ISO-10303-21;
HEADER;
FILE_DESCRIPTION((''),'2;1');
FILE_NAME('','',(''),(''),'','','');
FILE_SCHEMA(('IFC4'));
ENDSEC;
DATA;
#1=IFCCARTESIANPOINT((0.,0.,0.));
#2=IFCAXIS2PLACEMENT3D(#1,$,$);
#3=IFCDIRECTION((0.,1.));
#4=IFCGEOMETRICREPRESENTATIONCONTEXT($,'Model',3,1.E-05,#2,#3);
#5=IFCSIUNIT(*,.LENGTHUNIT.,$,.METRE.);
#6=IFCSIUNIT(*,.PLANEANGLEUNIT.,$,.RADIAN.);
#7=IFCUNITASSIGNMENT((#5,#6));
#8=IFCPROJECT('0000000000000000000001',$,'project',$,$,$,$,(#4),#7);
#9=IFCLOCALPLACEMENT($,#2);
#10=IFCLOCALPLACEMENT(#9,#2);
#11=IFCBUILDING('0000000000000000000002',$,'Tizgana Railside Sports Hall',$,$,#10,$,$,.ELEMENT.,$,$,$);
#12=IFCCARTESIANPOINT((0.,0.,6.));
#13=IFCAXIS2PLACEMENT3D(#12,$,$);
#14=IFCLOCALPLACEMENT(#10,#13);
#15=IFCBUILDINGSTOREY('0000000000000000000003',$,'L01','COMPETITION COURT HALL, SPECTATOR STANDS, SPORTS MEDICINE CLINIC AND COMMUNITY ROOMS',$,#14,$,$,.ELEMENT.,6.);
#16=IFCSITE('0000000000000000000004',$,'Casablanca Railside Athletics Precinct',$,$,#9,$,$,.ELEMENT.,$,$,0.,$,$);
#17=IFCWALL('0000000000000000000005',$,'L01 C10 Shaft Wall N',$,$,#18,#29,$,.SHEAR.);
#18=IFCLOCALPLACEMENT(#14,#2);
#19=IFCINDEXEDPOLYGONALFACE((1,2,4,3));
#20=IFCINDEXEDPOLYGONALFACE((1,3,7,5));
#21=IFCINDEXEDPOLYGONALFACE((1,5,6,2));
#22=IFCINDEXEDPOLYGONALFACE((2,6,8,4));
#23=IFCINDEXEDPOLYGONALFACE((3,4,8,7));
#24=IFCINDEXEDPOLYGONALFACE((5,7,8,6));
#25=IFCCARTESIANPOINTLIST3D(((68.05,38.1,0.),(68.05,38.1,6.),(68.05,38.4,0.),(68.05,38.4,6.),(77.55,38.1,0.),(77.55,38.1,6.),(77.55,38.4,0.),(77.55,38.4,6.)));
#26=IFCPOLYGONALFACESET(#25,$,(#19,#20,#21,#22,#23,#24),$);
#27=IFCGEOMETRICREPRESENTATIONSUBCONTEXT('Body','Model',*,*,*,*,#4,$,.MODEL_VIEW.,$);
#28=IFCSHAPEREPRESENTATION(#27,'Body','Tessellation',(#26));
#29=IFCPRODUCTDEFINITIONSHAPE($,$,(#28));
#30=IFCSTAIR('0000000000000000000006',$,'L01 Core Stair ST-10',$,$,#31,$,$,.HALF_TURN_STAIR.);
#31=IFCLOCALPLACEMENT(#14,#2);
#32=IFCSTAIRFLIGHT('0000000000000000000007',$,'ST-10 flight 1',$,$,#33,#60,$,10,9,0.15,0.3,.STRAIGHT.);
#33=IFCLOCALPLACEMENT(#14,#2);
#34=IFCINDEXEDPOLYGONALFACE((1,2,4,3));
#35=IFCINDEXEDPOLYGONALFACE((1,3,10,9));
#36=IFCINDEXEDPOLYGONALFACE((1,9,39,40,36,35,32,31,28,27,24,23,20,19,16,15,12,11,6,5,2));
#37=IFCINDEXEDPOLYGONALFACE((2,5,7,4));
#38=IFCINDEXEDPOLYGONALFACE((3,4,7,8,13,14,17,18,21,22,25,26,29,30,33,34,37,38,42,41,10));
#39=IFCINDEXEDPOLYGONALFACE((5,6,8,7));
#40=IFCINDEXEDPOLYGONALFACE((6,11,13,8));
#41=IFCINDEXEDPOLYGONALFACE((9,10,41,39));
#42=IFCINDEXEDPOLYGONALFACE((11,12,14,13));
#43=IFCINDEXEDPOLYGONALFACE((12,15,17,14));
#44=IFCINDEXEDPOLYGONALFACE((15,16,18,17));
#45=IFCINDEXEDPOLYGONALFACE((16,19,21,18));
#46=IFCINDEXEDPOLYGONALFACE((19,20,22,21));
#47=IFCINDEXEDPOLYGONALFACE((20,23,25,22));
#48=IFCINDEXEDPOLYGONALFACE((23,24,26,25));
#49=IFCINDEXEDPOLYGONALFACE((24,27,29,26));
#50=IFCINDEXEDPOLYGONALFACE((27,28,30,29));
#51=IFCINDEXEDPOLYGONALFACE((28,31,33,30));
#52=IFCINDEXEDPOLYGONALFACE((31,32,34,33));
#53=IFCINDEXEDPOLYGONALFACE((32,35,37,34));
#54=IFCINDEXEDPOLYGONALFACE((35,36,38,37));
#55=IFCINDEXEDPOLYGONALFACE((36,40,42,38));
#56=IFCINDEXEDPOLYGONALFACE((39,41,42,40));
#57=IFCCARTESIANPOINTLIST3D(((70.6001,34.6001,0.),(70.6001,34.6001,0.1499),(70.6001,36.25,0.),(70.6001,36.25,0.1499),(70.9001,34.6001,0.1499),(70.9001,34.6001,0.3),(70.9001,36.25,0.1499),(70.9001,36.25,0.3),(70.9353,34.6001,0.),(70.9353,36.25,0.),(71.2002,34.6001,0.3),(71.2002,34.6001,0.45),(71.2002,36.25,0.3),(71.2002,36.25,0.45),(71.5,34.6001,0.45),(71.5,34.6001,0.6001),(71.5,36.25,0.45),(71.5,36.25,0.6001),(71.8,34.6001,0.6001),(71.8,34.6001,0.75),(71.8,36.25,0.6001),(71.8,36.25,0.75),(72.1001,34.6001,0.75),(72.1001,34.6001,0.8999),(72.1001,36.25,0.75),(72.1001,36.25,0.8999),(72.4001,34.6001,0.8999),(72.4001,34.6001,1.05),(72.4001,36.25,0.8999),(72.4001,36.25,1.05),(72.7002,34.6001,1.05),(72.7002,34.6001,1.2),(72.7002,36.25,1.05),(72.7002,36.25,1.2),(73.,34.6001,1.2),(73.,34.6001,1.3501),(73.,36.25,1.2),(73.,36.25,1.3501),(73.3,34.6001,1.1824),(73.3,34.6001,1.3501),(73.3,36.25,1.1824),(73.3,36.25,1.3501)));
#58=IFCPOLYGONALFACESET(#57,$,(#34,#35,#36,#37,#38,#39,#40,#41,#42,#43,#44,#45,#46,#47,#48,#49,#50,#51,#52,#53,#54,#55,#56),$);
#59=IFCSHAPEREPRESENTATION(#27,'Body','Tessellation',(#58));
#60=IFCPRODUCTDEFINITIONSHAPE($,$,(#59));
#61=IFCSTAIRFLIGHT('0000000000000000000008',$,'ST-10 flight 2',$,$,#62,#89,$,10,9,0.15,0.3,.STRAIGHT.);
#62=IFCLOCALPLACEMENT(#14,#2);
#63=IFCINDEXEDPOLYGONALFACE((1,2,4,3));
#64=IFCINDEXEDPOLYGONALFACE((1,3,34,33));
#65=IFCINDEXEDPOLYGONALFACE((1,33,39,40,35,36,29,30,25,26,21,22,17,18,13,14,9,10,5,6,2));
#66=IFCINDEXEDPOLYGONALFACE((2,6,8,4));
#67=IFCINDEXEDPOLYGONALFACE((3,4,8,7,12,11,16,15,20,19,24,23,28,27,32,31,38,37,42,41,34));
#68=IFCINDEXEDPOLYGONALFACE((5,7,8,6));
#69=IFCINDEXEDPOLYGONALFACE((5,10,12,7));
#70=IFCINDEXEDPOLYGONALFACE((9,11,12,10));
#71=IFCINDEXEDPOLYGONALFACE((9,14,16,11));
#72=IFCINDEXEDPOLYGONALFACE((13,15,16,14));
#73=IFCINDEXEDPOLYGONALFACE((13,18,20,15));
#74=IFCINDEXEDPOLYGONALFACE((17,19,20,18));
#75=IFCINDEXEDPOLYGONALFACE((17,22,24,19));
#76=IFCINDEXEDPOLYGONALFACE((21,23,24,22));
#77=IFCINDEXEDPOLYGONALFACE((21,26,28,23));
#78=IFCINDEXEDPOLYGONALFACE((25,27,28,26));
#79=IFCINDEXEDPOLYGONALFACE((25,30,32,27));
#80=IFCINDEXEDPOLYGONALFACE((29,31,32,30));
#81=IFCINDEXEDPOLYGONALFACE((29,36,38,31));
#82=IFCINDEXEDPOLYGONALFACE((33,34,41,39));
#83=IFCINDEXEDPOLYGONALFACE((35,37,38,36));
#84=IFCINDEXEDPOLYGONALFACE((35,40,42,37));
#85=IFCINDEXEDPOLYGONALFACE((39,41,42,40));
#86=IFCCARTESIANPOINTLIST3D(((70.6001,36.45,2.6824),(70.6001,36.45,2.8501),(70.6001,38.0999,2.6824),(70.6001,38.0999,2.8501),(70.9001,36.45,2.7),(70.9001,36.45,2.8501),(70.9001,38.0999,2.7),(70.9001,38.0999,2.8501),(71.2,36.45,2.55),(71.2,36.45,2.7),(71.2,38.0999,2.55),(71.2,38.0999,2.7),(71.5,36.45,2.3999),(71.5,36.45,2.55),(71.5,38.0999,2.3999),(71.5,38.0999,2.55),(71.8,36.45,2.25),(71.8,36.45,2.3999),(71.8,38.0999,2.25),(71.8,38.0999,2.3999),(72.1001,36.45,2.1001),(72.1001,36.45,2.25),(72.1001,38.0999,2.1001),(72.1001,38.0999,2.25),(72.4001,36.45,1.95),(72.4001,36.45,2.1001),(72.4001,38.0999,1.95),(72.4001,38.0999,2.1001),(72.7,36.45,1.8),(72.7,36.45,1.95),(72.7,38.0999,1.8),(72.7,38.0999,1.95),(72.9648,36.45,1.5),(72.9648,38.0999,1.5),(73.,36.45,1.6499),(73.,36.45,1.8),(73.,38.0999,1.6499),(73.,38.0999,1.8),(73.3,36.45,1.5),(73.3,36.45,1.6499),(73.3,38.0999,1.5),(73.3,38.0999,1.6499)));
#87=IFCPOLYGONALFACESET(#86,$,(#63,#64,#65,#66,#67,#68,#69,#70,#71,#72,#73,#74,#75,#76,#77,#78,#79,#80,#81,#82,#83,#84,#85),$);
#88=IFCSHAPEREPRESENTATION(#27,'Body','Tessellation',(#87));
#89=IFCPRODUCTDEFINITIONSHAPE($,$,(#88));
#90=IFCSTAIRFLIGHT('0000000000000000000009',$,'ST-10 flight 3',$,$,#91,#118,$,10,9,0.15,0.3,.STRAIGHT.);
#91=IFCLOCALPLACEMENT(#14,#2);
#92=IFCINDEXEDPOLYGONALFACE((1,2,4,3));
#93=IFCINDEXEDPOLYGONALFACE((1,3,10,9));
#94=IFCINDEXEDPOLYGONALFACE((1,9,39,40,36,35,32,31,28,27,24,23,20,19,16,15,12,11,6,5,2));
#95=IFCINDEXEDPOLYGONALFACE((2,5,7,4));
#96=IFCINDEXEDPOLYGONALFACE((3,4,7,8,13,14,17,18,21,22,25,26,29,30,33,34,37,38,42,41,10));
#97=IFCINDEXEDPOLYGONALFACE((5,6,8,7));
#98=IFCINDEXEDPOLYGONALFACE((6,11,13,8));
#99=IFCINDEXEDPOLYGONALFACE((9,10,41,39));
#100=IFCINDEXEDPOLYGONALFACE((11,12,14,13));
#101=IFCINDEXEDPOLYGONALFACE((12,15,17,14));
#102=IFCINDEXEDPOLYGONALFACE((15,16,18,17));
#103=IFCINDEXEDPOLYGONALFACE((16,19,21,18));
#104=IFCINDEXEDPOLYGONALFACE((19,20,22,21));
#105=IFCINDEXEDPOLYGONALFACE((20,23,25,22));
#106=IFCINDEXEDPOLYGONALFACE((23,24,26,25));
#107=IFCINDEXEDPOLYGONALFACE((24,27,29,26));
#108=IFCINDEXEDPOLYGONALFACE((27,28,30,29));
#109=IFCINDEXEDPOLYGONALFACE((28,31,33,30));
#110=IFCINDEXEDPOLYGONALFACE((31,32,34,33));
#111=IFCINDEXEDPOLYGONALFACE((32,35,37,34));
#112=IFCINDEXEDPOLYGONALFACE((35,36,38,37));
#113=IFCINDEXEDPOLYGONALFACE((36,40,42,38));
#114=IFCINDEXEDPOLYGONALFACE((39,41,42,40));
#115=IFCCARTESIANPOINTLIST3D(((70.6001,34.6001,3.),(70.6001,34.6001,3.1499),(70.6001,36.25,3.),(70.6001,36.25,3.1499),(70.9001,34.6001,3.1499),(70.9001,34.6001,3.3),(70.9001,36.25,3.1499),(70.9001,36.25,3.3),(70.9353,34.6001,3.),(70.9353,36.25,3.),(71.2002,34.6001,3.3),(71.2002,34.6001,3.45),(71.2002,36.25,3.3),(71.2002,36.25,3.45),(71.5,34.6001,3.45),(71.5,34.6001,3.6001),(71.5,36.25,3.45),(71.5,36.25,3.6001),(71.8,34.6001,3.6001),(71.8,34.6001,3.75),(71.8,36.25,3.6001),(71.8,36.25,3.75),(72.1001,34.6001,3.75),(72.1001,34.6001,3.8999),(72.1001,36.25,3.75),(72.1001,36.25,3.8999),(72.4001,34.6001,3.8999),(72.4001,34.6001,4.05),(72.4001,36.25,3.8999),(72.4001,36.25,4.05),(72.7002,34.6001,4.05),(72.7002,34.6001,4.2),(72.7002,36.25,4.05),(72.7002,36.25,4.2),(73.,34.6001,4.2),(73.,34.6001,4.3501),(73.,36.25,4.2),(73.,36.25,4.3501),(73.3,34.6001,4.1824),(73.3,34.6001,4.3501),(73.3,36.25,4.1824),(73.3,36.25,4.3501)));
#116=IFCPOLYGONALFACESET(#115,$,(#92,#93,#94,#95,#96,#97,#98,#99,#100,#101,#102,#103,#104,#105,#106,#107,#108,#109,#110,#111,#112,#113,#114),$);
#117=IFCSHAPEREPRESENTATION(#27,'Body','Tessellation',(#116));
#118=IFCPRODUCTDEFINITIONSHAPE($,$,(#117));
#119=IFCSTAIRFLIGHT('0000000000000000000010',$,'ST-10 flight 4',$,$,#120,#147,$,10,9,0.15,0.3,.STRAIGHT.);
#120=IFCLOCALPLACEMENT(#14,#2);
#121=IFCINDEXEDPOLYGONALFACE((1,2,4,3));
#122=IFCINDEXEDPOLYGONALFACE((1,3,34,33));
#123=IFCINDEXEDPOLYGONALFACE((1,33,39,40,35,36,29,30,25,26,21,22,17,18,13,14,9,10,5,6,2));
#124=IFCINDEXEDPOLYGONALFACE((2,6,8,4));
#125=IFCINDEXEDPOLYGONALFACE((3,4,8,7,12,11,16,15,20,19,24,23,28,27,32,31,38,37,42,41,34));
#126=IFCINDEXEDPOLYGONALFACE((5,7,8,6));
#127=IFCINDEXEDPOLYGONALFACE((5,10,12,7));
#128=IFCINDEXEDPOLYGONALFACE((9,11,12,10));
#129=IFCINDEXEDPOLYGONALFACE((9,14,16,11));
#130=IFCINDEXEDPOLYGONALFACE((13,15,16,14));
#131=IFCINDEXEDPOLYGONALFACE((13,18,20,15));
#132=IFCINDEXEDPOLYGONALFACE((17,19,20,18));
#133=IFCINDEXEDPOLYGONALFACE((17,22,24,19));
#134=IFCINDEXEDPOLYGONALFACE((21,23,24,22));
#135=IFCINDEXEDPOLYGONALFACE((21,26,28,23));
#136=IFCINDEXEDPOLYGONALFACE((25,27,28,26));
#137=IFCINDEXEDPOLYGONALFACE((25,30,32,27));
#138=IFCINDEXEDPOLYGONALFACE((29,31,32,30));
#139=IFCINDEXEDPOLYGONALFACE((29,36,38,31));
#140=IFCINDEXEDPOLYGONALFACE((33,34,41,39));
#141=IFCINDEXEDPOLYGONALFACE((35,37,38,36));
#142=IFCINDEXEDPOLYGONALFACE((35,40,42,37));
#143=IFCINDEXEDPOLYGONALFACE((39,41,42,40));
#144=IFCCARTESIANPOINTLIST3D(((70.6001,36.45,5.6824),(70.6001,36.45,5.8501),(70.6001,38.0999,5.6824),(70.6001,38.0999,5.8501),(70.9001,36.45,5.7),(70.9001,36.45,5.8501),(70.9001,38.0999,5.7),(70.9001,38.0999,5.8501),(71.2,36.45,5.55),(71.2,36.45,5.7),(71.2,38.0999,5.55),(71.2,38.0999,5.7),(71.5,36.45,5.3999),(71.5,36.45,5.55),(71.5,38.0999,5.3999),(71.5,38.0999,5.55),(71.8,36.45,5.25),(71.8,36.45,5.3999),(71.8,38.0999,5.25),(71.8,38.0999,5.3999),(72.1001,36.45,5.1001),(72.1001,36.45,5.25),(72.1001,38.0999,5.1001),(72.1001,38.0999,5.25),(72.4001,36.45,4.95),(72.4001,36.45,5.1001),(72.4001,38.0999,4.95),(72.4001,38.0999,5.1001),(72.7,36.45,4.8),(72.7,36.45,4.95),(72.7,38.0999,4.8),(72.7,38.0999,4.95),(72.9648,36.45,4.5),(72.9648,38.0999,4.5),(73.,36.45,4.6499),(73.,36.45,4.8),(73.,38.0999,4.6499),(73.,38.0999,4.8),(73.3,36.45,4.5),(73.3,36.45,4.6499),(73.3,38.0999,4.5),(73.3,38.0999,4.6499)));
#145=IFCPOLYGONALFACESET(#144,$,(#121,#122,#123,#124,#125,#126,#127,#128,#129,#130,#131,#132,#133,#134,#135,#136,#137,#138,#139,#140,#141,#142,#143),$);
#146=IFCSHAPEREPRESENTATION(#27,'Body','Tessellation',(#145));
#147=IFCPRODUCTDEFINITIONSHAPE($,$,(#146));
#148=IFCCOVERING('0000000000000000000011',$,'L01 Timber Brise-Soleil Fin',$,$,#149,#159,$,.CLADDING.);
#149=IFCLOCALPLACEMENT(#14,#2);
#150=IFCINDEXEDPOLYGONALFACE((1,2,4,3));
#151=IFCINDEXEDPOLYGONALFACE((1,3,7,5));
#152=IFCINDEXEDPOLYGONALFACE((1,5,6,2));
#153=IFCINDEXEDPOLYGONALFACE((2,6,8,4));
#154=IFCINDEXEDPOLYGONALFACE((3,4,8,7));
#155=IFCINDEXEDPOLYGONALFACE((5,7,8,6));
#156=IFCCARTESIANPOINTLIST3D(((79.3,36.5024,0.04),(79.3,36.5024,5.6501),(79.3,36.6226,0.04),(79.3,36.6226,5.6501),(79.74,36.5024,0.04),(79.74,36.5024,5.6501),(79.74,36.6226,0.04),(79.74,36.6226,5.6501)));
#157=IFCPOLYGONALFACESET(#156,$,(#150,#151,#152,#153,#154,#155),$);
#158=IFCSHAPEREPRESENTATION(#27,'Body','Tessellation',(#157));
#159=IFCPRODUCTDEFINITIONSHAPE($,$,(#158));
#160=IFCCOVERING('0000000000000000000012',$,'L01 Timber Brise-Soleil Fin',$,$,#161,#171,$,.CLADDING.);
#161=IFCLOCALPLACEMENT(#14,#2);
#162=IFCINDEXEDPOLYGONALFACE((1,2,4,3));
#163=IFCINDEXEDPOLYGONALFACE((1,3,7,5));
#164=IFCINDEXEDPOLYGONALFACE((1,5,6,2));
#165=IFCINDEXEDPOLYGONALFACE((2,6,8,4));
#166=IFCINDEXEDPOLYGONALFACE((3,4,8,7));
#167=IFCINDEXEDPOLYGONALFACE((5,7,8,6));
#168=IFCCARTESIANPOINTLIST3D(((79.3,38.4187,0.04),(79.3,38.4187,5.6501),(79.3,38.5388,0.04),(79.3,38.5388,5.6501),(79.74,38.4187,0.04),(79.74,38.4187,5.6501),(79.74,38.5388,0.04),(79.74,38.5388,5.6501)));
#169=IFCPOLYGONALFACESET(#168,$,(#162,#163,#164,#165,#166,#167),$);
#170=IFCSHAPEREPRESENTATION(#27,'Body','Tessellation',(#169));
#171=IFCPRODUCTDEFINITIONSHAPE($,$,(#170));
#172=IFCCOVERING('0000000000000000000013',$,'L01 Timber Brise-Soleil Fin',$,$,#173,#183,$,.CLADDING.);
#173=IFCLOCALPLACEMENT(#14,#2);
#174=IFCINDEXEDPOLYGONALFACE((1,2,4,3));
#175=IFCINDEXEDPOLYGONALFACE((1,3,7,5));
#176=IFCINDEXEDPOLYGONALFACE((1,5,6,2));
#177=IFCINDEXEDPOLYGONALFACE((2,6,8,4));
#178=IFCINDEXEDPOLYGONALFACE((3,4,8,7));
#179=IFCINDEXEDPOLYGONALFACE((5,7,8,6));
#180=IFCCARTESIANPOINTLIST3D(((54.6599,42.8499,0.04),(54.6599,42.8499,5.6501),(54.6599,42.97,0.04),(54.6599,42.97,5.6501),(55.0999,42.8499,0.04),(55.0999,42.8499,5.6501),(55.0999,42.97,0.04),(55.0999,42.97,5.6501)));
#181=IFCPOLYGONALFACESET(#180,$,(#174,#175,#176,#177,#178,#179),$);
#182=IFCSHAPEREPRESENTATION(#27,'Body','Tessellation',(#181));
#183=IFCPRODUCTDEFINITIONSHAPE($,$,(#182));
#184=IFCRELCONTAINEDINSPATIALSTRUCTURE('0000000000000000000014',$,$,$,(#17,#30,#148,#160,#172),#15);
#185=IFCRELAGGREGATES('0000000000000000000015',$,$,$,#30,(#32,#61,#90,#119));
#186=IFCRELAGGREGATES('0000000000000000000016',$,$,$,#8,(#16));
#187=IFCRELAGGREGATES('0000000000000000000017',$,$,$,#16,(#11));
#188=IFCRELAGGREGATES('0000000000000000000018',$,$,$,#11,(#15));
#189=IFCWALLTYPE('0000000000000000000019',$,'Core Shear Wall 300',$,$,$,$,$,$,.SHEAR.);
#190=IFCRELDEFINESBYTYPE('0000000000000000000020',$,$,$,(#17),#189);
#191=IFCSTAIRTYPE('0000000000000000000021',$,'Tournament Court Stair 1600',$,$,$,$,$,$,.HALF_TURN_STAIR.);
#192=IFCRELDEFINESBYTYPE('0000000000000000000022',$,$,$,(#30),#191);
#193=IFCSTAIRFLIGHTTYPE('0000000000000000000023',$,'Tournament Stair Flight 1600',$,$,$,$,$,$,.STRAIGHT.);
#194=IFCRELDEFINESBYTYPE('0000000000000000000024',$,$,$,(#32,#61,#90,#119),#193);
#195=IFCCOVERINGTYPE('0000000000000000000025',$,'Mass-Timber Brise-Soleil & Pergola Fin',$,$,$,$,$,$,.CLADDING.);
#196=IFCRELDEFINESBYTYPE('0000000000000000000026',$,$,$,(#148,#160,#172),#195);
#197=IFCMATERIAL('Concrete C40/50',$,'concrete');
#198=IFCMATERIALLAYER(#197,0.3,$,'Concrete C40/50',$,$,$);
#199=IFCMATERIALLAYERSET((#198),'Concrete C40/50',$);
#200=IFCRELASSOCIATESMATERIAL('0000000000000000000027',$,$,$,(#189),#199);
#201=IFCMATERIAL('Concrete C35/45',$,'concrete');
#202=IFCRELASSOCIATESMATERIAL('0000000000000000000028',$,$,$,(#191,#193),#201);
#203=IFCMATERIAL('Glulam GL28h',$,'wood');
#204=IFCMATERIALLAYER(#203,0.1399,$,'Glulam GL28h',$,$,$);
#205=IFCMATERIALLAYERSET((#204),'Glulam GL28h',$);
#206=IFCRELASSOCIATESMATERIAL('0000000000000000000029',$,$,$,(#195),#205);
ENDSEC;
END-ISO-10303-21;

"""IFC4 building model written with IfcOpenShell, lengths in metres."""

from ifc_helpers import new_model, si_unit, direction, frame, frame_2d, origin, origin_2d, place, context, subcontext, project, spatial, polyline, rectangle, outline, extrude, material, layer, layer_set, type_object, element, aggregate, save


model = new_model("IFC4")

# Units and contexts
model_context = context("Model", 3, precision=1e-05, world=origin(), true_north=direction((0.0, 1.0)))
body_context = subcontext(model_context, "Body", "Model", "MODEL_VIEW")
ifc_project = project(units=[si_unit("LENGTHUNIT", "METRE"), si_unit("PLANEANGLEUNIT", "RADIAN")], contexts=[model_context])

# Site, building, storey
site_placement = place(None, origin())
site = spatial("IfcSite", under=ifc_project, at=site_placement, Name="Casablanca Railside Athletics Precinct", CompositionType="ELEMENT", RefElevation=0.0)
building_placement = place(site_placement, origin())
building = spatial("IfcBuilding", under=site, at=building_placement, Name="Tizgana Railside Sports Hall", CompositionType="ELEMENT")
storey_placement = place(building_placement, frame((0.0, 0.0, 6.0)))
storey = spatial("IfcBuildingStorey", under=building, at=storey_placement, Name="L01", Description="COMPETITION COURT HALL, SPECTATOR STANDS, SPORTS MEDICINE CLINIC AND COMMUNITY ROOMS", CompositionType="ELEMENT", Elevation=6.0)

# Wall
ifc_material_1 = material(Name="Concrete C40/50", Category="concrete")
ifc_layer_1 = layer(ifc_material_1, 0.3, Name="Concrete C40/50")
ifc_layer_set_1 = layer_set([ifc_layer_1], Name="Concrete C40/50")
wall_type = type_object("IfcWallType", Name="Core Shear Wall 300", PredefinedType="SHEAR", material=ifc_layer_set_1)
wall_placement = place(storey_placement, frame((68.05, 38.25, 0.0), z_axis=(0.0, 0.0, 1.0), x_axis=(1.0, 0.0, 0.0)))
element("IfcWall", 1, at=wall_placement, inside=storey, type_object=wall_type, Name="L01 C10 Shaft Wall N", PredefinedType="SHEAR", context=body_context, shape_type="SweptSolid", body=[
    extrude(rectangle(XDim=9.5, YDim=0.3, at=frame_2d((4.75, 0.0))), origin(), (0.0, 0.0, 1.0), 6.0),
])

# Stair, stair flights
ifc_material_2 = material(Name="Concrete C35/45", Category="concrete")
stair_type = type_object("IfcStairType", Name="Tournament Court Stair 1600", PredefinedType="HALF_TURN_STAIR", material=ifc_material_2)
stair_placement = place(storey_placement, origin())
stair = element("IfcStair", 2, at=stair_placement, inside=storey, type_object=stair_type, Name="L01 Core Stair ST-10", PredefinedType="HALF_TURN_STAIR")
stair_flight_type = type_object("IfcStairFlightType", Name="Tournament Stair Flight 1600", PredefinedType="STRAIGHT", material=ifc_material_2)
stair_flight_1_placement = place(storey_placement, frame((70.6001, 35.425, 0.0), z_axis=(0.0, 0.0, 1.0), x_axis=(1.0, 0.0, 0.0)))
stair_flight_1 = element("IfcStairFlight", 3, at=stair_flight_1_placement, type_object=stair_flight_type, Name="ST-10 flight 1", NumberOfRisers=10, NumberOfTreads=9, PredefinedType="STRAIGHT", RiserHeight=0.15, TreadLength=0.3, context=body_context, shape_type="SweptSolid", body=[
    extrude(outline(polyline([(0.0, 0.0), (0.0, 0.1499), (0.3, 0.1499), (0.3, 0.3), (0.6001, 0.3), (0.6001, 0.45), (0.8999, 0.45), (0.8999, 0.6001), (1.2, 0.6001), (1.2, 0.75), (1.5, 0.75), (1.5, 0.8999), (1.8, 0.8999), (1.8, 1.05), (2.1001, 1.05), (2.1001, 1.2), (2.3999, 1.2), (2.3999, 1.3501), (2.7, 1.3501), (2.7, 1.5), (2.7, 1.1824), (0.3352, 0.0), (0.0, 0.0)])), frame((0.0, 0.825, 0.0), z_axis=(0.0, -1.0, 0.0), x_axis=(1.0, 0.0, 0.0)), (0.0, 0.0, 1.0), 1.6499),
])
stair_flight_2_placement = place(storey_placement, frame((73.3, 37.2749, 1.5), z_axis=(0.0, 0.0, 1.0), x_axis=(-1.0, 0.0, 0.0)))
stair_flight_2 = element("IfcStairFlight", 4, at=stair_flight_2_placement, type_object=stair_flight_type, Name="ST-10 flight 2", NumberOfRisers=10, NumberOfTreads=9, PredefinedType="STRAIGHT", RiserHeight=0.15, TreadLength=0.3, context=body_context, shape_type="SweptSolid", body=[
    extrude(outline(polyline([(0.0, 0.0), (0.0, 0.1499), (0.3, 0.1499), (0.3, 0.3), (0.6001, 0.3), (0.6001, 0.45), (0.8999, 0.45), (0.8999, 0.6001), (1.2, 0.6001), (1.2, 0.75), (1.5, 0.75), (1.5, 0.8999), (1.8, 0.8999), (1.8, 1.05), (2.1001, 1.05), (2.1001, 1.2), (2.3999, 1.2), (2.3999, 1.3501), (2.7, 1.3501), (2.7, 1.5), (2.7, 1.1824), (0.3352, 0.0), (0.0, 0.0)])), frame((0.0, 0.825, 0.0), z_axis=(0.0, -1.0, 0.0), x_axis=(1.0, 0.0, 0.0)), (0.0, 0.0, 1.0), 1.6499),
])
stair_flight_3_placement = place(storey_placement, frame((70.6001, 35.425, 3.0), z_axis=(0.0, 0.0, 1.0), x_axis=(1.0, 0.0, 0.0)))
stair_flight_3 = element("IfcStairFlight", 5, at=stair_flight_3_placement, type_object=stair_flight_type, Name="ST-10 flight 3", NumberOfRisers=10, NumberOfTreads=9, PredefinedType="STRAIGHT", RiserHeight=0.15, TreadLength=0.3, context=body_context, shape_type="SweptSolid", body=[
    extrude(outline(polyline([(0.0, 0.0), (0.0, 0.1499), (0.3, 0.1499), (0.3, 0.3), (0.6001, 0.3), (0.6001, 0.45), (0.8999, 0.45), (0.8999, 0.6001), (1.2, 0.6001), (1.2, 0.75), (1.5, 0.75), (1.5, 0.8999), (1.8, 0.8999), (1.8, 1.05), (2.1001, 1.05), (2.1001, 1.2), (2.3999, 1.2), (2.3999, 1.3501), (2.7, 1.3501), (2.7, 1.5), (2.7, 1.1824), (0.3352, 0.0), (0.0, 0.0)])), frame((0.0, 0.825, 0.0), z_axis=(0.0, -1.0, 0.0), x_axis=(1.0, 0.0, 0.0)), (0.0, 0.0, 1.0), 1.6499),
])
stair_flight_4_placement = place(storey_placement, frame((73.3, 37.2749, 4.5), z_axis=(0.0, 0.0, 1.0), x_axis=(-1.0, 0.0, 0.0)))
stair_flight_4 = element("IfcStairFlight", 6, at=stair_flight_4_placement, type_object=stair_flight_type, Name="ST-10 flight 4", NumberOfRisers=10, NumberOfTreads=9, PredefinedType="STRAIGHT", RiserHeight=0.15, TreadLength=0.3, context=body_context, shape_type="SweptSolid", body=[
    extrude(outline(polyline([(0.0, 0.0), (0.0, 0.1499), (0.3, 0.1499), (0.3, 0.3), (0.6001, 0.3), (0.6001, 0.45), (0.8999, 0.45), (0.8999, 0.6001), (1.2, 0.6001), (1.2, 0.75), (1.5, 0.75), (1.5, 0.8999), (1.8, 0.8999), (1.8, 1.05), (2.1001, 1.05), (2.1001, 1.2), (2.3999, 1.2), (2.3999, 1.3501), (2.7, 1.3501), (2.7, 1.5), (2.7, 1.1824), (0.3352, 0.0), (0.0, 0.0)])), frame((0.0, 0.825, 0.0), z_axis=(0.0, -1.0, 0.0), x_axis=(1.0, 0.0, 0.0)), (0.0, 0.0, 1.0), 1.6499),
])
aggregate(stair, [stair_flight_1, stair_flight_2, stair_flight_3, stair_flight_4])

# Coverings
ifc_material_3 = material(Name="Glulam GL28h", Category="wood")
ifc_layer_2 = layer(ifc_material_3, 0.1399, Name="Glulam GL28h")
ifc_layer_set_2 = layer_set([ifc_layer_2], Name="Glulam GL28h")
covering_type = type_object("IfcCoveringType", Name="Mass-Timber Brise-Soleil & Pergola Fin", PredefinedType="CLADDING", material=ifc_layer_set_2)
for number, where, z_axis, x_axis, name in (
    (7, (79.52, 36.5625, 0.04), (0.0, 0.0, 1.0), (0.0, 1.0, 0.0), "L01 Timber Brise-Soleil Fin"),
    (8, (79.52, 38.4788, 0.04), (0.0, 0.0, 1.0), (0.0, 1.0, 0.0), "L01 Timber Brise-Soleil Fin"),
    (9, (54.8799, 42.9099, 0.04), (0.0, 0.0, 1.0), (0.0, -1.0, 0.0), "L01 Timber Brise-Soleil Fin"),
):
    element("IfcCovering", number, at=place(storey_placement, frame(where, z_axis=z_axis, x_axis=x_axis)), inside=storey, type_object=covering_type, Name=name, PredefinedType="CLADDING", context=body_context, shape_type="SweptSolid", body=[
        extrude(rectangle(XDim=0.1201, YDim=0.4399, at=origin_2d()), origin(), (0.0, 0.0, 1.0), 5.6101),
    ])

save(model, "model.ifc")
